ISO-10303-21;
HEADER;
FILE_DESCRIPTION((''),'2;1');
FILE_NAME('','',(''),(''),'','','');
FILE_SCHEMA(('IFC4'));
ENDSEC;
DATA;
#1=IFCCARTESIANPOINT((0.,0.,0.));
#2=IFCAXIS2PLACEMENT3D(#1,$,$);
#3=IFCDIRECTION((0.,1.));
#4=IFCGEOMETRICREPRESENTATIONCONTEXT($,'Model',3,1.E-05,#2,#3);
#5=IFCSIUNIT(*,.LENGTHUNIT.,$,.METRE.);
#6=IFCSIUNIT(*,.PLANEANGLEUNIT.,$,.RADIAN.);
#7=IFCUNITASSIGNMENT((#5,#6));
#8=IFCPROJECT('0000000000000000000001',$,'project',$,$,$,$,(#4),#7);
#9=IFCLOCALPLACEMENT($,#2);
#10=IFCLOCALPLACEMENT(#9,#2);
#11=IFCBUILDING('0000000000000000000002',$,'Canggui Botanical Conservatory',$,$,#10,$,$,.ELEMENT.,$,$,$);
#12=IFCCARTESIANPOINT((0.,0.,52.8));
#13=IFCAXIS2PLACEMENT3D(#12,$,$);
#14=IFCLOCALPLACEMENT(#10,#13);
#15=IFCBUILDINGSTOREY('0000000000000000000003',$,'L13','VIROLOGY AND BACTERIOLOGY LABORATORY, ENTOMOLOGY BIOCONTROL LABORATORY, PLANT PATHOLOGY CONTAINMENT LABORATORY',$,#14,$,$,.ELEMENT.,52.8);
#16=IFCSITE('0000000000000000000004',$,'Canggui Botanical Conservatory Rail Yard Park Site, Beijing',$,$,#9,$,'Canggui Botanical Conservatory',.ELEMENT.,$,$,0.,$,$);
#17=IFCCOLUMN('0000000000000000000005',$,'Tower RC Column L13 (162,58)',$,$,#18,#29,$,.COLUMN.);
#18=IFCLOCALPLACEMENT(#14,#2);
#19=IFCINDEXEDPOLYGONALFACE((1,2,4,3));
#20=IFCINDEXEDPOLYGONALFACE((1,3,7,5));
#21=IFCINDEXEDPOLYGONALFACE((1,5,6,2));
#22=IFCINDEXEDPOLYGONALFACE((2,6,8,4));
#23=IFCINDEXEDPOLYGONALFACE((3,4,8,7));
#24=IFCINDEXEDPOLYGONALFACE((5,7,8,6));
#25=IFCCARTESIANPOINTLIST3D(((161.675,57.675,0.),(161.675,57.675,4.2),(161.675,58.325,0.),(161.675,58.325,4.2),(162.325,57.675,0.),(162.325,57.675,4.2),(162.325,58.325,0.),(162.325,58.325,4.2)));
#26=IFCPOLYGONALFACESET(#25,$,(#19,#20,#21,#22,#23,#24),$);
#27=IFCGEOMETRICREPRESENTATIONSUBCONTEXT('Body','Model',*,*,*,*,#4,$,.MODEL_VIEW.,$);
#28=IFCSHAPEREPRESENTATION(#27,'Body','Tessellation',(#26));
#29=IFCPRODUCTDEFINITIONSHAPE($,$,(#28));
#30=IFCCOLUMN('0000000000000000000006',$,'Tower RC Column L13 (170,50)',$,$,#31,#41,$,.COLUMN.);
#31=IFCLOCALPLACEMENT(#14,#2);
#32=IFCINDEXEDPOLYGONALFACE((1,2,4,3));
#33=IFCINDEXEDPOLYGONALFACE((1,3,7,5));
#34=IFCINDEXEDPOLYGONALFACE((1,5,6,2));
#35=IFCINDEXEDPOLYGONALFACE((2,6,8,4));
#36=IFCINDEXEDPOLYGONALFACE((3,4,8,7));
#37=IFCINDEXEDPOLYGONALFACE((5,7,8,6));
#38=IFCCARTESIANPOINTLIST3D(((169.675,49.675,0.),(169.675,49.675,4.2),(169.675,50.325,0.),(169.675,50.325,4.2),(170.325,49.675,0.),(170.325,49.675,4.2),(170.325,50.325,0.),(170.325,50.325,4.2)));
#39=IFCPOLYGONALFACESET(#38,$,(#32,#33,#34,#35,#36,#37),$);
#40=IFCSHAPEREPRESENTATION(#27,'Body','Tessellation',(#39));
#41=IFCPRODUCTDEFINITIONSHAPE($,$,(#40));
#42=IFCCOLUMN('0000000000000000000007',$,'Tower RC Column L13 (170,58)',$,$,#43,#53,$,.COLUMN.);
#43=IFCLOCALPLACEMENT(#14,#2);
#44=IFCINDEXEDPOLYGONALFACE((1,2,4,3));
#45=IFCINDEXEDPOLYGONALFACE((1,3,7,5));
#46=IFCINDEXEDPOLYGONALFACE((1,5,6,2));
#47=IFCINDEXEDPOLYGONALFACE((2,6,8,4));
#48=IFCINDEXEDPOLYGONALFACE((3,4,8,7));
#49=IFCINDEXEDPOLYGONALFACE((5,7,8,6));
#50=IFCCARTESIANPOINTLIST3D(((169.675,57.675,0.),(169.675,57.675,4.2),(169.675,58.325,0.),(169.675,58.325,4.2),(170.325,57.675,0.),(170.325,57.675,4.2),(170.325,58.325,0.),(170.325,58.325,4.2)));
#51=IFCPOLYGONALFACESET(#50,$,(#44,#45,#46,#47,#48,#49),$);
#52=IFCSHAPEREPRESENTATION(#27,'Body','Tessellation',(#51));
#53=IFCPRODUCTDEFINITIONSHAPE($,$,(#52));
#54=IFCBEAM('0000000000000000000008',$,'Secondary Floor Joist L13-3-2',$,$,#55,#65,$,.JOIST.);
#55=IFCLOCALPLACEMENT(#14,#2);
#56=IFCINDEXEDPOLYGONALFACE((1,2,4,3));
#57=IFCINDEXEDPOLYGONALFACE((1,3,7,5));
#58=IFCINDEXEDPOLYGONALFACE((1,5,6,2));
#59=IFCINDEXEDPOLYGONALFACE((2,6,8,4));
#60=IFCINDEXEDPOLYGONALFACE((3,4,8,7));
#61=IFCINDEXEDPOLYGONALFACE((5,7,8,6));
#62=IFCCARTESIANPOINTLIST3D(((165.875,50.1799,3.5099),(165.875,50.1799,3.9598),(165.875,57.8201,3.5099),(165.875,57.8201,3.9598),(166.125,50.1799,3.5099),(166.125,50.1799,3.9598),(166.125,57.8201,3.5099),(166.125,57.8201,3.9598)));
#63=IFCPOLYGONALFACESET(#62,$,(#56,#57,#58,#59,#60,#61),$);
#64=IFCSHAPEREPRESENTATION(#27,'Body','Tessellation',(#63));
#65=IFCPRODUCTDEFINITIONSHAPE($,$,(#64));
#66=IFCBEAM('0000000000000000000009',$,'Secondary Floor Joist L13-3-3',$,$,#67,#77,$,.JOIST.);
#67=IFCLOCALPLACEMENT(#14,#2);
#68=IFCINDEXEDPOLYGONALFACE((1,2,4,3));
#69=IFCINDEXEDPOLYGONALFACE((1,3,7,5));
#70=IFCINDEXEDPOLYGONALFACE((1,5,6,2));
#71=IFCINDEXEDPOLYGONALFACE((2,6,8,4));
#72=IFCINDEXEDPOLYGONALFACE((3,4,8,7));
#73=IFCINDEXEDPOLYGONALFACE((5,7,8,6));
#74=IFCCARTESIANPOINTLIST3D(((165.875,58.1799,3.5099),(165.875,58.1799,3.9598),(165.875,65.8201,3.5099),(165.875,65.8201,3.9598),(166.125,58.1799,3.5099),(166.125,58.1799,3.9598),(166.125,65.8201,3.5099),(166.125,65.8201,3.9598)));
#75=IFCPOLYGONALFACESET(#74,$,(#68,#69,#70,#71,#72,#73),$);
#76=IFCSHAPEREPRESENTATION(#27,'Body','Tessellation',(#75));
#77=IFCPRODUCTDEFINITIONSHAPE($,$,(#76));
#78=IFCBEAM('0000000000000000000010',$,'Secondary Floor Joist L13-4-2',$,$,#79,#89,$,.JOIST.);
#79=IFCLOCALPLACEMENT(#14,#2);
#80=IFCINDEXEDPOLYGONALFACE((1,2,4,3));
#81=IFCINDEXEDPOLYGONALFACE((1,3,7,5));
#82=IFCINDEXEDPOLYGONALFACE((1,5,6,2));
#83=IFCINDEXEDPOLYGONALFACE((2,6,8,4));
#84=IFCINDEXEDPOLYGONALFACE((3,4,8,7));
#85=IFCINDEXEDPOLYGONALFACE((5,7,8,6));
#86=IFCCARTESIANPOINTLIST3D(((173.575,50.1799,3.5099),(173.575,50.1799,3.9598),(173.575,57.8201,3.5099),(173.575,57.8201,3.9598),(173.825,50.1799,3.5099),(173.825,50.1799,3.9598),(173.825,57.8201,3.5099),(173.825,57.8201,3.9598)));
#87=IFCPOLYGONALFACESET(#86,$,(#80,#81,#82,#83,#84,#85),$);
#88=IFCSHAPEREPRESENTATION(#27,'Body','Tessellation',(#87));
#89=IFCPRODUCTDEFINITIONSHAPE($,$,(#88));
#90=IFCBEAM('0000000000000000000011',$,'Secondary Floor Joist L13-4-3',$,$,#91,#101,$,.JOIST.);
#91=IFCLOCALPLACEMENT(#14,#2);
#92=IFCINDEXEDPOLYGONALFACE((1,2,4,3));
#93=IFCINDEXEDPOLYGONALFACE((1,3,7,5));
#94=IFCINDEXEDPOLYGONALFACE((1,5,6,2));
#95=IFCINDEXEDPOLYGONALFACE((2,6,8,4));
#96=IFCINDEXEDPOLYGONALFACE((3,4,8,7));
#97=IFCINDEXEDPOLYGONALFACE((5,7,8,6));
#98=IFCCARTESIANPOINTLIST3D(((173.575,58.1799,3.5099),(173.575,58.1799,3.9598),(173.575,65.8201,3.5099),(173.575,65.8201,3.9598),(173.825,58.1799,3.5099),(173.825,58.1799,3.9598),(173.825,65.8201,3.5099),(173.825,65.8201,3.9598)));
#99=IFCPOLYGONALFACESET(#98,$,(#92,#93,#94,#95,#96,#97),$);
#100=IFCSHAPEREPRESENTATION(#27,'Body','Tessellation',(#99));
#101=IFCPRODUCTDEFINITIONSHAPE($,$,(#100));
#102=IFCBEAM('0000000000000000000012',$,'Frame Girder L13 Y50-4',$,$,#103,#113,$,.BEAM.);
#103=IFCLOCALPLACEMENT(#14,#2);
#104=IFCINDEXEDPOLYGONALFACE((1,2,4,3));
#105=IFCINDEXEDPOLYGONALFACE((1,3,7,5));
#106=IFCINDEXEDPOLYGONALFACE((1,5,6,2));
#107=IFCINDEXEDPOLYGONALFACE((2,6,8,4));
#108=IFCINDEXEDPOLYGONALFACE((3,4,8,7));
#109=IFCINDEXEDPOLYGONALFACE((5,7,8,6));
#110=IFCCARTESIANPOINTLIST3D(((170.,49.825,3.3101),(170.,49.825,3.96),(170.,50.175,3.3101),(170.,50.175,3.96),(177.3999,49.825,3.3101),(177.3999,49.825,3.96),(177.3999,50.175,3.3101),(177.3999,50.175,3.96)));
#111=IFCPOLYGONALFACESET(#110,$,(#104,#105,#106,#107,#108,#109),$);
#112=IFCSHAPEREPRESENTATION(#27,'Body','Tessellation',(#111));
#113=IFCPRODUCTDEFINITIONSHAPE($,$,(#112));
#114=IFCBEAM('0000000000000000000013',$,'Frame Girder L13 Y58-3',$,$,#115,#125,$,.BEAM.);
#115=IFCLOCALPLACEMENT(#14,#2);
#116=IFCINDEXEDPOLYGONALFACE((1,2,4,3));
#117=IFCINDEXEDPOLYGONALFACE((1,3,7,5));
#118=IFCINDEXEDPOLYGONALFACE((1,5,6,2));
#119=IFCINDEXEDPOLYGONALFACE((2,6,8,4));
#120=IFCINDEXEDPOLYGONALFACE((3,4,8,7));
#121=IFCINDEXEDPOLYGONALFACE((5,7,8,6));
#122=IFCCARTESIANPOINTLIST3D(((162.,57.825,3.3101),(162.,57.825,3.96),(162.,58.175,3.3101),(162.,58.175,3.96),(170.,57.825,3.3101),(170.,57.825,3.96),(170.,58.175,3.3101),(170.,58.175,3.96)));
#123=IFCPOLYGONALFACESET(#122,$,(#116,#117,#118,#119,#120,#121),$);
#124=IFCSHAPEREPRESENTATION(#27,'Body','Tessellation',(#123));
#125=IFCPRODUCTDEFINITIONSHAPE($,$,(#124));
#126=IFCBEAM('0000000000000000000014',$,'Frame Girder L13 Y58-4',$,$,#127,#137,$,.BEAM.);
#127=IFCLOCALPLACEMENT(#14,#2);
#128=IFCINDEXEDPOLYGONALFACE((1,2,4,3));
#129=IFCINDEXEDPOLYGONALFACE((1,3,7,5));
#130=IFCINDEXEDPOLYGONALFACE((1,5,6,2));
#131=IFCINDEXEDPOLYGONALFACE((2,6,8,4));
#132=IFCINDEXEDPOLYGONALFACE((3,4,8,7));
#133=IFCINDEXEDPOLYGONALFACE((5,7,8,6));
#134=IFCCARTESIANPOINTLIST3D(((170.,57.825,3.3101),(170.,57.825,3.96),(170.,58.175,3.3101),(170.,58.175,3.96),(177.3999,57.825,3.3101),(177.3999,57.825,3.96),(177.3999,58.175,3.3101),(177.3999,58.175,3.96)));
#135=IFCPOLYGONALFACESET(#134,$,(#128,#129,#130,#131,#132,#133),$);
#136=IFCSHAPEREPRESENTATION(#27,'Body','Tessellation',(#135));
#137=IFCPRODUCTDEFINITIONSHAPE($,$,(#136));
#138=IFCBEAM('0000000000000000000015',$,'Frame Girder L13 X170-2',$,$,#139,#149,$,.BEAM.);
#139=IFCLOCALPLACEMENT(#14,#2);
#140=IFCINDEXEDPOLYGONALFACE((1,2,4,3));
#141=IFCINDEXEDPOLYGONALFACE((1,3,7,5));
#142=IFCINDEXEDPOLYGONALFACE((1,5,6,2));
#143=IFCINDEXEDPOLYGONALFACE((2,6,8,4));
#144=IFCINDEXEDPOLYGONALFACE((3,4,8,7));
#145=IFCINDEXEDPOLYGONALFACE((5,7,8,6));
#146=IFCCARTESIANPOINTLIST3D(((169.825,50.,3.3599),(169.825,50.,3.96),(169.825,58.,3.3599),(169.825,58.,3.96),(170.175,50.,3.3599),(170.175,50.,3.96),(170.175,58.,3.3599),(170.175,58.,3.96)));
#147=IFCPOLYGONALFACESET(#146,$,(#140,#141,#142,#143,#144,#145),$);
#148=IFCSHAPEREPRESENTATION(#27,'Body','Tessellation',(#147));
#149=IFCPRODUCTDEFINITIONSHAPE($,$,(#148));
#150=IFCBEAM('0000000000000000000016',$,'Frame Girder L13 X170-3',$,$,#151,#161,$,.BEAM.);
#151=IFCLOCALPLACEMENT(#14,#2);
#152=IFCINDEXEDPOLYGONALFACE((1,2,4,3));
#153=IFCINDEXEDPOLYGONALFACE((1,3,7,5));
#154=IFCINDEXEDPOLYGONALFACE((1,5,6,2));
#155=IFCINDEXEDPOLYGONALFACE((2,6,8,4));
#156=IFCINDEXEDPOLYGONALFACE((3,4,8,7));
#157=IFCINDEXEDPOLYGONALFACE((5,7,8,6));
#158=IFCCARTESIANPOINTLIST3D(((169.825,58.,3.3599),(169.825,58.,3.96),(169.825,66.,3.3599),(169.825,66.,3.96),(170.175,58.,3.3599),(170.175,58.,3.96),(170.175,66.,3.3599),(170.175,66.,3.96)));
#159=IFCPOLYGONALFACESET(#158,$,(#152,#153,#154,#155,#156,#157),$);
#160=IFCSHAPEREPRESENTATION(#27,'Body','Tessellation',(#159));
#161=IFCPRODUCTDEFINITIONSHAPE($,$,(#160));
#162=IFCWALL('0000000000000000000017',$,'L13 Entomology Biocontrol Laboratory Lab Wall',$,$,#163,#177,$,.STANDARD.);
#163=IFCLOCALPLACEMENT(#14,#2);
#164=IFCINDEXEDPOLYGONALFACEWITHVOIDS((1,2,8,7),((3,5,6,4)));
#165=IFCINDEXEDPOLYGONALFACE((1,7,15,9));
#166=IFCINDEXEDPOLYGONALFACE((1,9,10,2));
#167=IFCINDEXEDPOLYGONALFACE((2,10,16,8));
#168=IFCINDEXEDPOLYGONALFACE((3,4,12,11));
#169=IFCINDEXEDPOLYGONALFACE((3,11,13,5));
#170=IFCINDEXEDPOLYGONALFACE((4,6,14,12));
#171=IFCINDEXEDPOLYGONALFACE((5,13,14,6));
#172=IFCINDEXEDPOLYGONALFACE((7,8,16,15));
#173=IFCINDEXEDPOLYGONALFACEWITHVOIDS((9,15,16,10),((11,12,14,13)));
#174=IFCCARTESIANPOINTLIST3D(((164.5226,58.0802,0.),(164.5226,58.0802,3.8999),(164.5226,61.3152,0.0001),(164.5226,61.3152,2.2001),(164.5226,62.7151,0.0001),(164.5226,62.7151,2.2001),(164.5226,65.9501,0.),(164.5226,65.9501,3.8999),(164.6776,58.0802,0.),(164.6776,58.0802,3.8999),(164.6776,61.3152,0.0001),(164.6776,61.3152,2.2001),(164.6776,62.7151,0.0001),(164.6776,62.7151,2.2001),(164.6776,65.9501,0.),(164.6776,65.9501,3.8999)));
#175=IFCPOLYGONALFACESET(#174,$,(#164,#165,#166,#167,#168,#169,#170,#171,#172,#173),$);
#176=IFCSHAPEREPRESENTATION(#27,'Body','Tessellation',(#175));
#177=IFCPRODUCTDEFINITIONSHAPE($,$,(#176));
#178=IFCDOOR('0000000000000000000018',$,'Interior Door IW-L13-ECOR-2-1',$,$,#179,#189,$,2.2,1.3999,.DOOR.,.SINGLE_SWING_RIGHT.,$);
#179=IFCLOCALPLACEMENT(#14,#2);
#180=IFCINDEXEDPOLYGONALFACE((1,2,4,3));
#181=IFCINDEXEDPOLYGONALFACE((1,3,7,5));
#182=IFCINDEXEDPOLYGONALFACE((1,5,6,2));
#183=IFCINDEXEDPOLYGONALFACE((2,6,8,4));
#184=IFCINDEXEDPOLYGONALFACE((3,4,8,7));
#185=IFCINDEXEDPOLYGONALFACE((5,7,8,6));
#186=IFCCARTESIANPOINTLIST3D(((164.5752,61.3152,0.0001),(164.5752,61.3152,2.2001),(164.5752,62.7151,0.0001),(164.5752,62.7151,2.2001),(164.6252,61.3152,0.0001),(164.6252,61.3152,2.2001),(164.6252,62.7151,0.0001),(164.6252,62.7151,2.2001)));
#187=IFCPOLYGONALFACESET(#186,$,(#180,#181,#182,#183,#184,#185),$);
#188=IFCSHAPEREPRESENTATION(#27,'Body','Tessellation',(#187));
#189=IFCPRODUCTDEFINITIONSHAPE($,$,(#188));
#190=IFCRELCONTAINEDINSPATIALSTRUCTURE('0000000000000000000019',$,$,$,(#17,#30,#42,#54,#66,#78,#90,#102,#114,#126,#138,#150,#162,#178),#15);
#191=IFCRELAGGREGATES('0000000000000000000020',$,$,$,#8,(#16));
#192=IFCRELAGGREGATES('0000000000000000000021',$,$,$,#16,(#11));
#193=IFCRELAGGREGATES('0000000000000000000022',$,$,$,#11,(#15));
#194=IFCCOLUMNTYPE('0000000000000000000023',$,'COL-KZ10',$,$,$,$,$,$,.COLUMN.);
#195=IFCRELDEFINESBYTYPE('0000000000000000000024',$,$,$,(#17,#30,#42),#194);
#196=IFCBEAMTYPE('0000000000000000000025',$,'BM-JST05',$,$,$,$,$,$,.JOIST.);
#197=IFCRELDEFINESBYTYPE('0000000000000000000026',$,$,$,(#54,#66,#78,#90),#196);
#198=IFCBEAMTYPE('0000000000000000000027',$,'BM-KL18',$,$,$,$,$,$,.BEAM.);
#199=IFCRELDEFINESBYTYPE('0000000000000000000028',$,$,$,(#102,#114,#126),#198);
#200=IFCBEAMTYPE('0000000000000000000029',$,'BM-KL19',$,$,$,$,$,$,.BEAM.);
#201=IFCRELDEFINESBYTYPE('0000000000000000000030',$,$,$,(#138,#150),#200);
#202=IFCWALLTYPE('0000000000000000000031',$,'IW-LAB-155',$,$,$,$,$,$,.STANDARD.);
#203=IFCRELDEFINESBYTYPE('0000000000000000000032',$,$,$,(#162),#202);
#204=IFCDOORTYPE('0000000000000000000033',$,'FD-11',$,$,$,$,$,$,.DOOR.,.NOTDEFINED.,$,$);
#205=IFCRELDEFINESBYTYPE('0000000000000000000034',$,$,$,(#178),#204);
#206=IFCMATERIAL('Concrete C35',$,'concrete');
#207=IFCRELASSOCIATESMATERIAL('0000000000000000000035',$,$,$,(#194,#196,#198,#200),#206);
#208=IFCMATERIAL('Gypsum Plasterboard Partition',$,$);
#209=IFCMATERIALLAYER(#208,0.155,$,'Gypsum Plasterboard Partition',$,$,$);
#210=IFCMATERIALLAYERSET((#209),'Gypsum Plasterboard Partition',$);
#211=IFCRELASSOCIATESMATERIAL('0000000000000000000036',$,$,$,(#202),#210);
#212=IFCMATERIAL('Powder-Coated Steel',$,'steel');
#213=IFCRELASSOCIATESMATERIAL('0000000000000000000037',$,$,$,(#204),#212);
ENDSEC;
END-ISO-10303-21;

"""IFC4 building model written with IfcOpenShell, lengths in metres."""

from ifc_helpers import new_model, si_unit, direction, frame, frame_2d, origin, origin_2d, place, context, subcontext, project, spatial, rectangle, extrude, material, layer, layer_set, material_profile, profile_set, type_object, element, fill, save


model = new_model("IFC4")

# Units and contexts
model_context = context("Model", 3, precision=1e-05, world=origin(), true_north=direction((0.0, 1.0)))
body_context = subcontext(model_context, "Body", "Model", "MODEL_VIEW")
ifc_project = project(units=[si_unit("LENGTHUNIT", "METRE"), si_unit("PLANEANGLEUNIT", "RADIAN")], contexts=[model_context])

# Site, building, storey
site_placement = place(None, origin())
site = spatial("IfcSite", under=ifc_project, at=site_placement, Name="Canggui Botanical Conservatory Rail Yard Park Site, Beijing", LongName="Canggui Botanical Conservatory", CompositionType="ELEMENT", RefElevation=0.0)
building_placement = place(site_placement, origin())
building = spatial("IfcBuilding", under=site, at=building_placement, Name="Canggui Botanical Conservatory", CompositionType="ELEMENT")
storey_placement = place(building_placement, frame((0.0, 0.0, 52.8)))
storey = spatial("IfcBuildingStorey", under=building, at=storey_placement, Name="L13", Description="VIROLOGY AND BACTERIOLOGY LABORATORY, ENTOMOLOGY BIOCONTROL LABORATORY, PLANT PATHOLOGY CONTAINMENT LABORATORY", CompositionType="ELEMENT", Elevation=52.8)

# Columns
ifc_material_1 = material(Name="Concrete C35", Category="concrete")
ifc_material_profile_1 = material_profile(ifc_material_1, rectangle(XDim=0.6499, YDim=0.6499, at=origin_2d()), Name="RC 650x650")
ifc_profile_set_1 = profile_set([ifc_material_profile_1], Name="Concrete C35")
column_type = type_object("IfcColumnType", Name="COL-KZ10", PredefinedType="COLUMN", material=ifc_profile_set_1)
for number, where, z_axis, x_axis, name in (
    (1, (162.0, 58.0, 0.0), (0.0, 0.0, 1.0), (1.0, 0.0, 0.0), "Tower RC Column L13 (162,58)"),
    (2, (170.0, 50.0, 0.0), (0.0, 0.0, 1.0), (1.0, 0.0, 0.0), "Tower RC Column L13 (170,50)"),
    (3, (170.0, 58.0, 0.0), (0.0, 0.0, 1.0), (1.0, 0.0, 0.0), "Tower RC Column L13 (170,58)"),
):
    element("IfcColumn", number, at=place(storey_placement, frame(where, z_axis=z_axis, x_axis=x_axis)), inside=storey, type_object=column_type, Name=name, PredefinedType="COLUMN", context=body_context, shape_type="SweptSolid", body=[
        extrude(rectangle(XDim=0.6499, YDim=0.6499, at=origin_2d()), origin(), (0.0, 0.0, 1.0), 4.2),
    ])

# Beams
ifc_material_profile_2 = material_profile(ifc_material_1, rectangle(XDim=0.25, YDim=0.45, at=origin_2d()), Name="RB 250x450")
ifc_profile_set_2 = profile_set([ifc_material_profile_2], Name="Concrete C35")
beam_type_1 = type_object("IfcBeamType", Name="BM-JST05", PredefinedType="JOIST", material=ifc_profile_set_2)
for number, where, z_axis, x_axis, name in (
    (4, (166.0, 50.1799, 3.7349), (0.0, 1.0, 0.0), (-1.0, 0.0, 0.0), "Secondary Floor Joist L13-3-2"),
    (5, (166.0, 58.1799, 3.7349), (0.0, 1.0, 0.0), (-1.0, 0.0, 0.0), "Secondary Floor Joist L13-3-3"),
    (6, (173.7, 50.1799, 3.7349), (0.0, 1.0, 0.0), (-1.0, 0.0, 0.0), "Secondary Floor Joist L13-4-2"),
    (7, (173.7, 58.1799, 3.7349), (0.0, 1.0, 0.0), (-1.0, 0.0, 0.0), "Secondary Floor Joist L13-4-3"),
):
    element("IfcBeam", number, at=place(storey_placement, frame(where, z_axis=z_axis, x_axis=x_axis)), inside=storey, type_object=beam_type_1, Name=name, PredefinedType="JOIST", context=body_context, shape_type="SweptSolid", body=[
        extrude(rectangle(XDim=0.25, YDim=0.45, at=origin_2d()), origin(), (0.0, 0.0, 1.0), 7.6401),
    ])
ifc_material_profile_3 = material_profile(ifc_material_1, rectangle(XDim=0.3501, YDim=0.6499, at=origin_2d()), Name="RB 350x650")
ifc_profile_set_3 = profile_set([ifc_material_profile_3], Name="Concrete C35")
beam_type_2 = type_object("IfcBeamType", Name="BM-KL18", PredefinedType="BEAM", material=ifc_profile_set_3)
beam_1_placement = place(storey_placement, frame((170.0, 50.0, 3.635), z_axis=(1.0, 0.0, 0.0), x_axis=(0.0, 1.0, 0.0)))
element("IfcBeam", 8, at=beam_1_placement, inside=storey, type_object=beam_type_2, Name="Frame Girder L13 Y50-4", PredefinedType="BEAM", context=body_context, shape_type="SweptSolid", body=[
    extrude(rectangle(XDim=0.3501, YDim=0.6499, at=origin_2d()), origin(), (0.0, 0.0, 1.0), 7.3999),
])
beam_2_placement = place(storey_placement, frame((162.0, 58.0, 3.635), z_axis=(1.0, 0.0, 0.0), x_axis=(0.0, 1.0, 0.0)))
element("IfcBeam", 9, at=beam_2_placement, inside=storey, type_object=beam_type_2, Name="Frame Girder L13 Y58-3", PredefinedType="BEAM", context=body_context, shape_type="SweptSolid", body=[
    extrude(rectangle(XDim=0.3501, YDim=0.6499, at=origin_2d()), origin(), (0.0, 0.0, 1.0), 8.0),
])
beam_3_placement = place(storey_placement, frame((170.0, 58.0, 3.635), z_axis=(1.0, 0.0, 0.0), x_axis=(0.0, 1.0, 0.0)))
element("IfcBeam", 10, at=beam_3_placement, inside=storey, type_object=beam_type_2, Name="Frame Girder L13 Y58-4", PredefinedType="BEAM", context=body_context, shape_type="SweptSolid", body=[
    extrude(rectangle(XDim=0.3501, YDim=0.6499, at=origin_2d()), origin(), (0.0, 0.0, 1.0), 7.3999),
])
ifc_material_profile_4 = material_profile(ifc_material_1, rectangle(XDim=0.3501, YDim=0.6001, at=origin_2d()), Name="RB 350x600")
ifc_profile_set_4 = profile_set([ifc_material_profile_4], Name="Concrete C35")
beam_type_3 = type_object("IfcBeamType", Name="BM-KL19", PredefinedType="BEAM", material=ifc_profile_set_4)
for number, where, z_axis, x_axis, name in (
    (11, (170.0, 50.0, 3.6599), (0.0, 1.0, 0.0), (-1.0, 0.0, 0.0), "Frame Girder L13 X170-2"),
    (12, (170.0, 58.0, 3.6599), (0.0, 1.0, 0.0), (-1.0, 0.0, 0.0), "Frame Girder L13 X170-3"),
):
    element("IfcBeam", number, at=place(storey_placement, frame(where, z_axis=z_axis, x_axis=x_axis)), inside=storey, type_object=beam_type_3, Name=name, PredefinedType="BEAM", context=body_context, shape_type="SweptSolid", body=[
        extrude(rectangle(XDim=0.3501, YDim=0.6001, at=origin_2d()), origin(), (0.0, 0.0, 1.0), 8.0),
    ])

# Wall, opening, door
ifc_material_2 = material(Name="Gypsum Plasterboard Partition")
ifc_layer_1 = layer(ifc_material_2, 0.155, Name="Gypsum Plasterboard Partition")
ifc_layer_set_1 = layer_set([ifc_layer_1], Name="Gypsum Plasterboard Partition")
wall_type_1 = type_object("IfcWallType", Name="IW-LAB-155", PredefinedType="STANDARD", material=ifc_layer_set_1)
wall_1_placement = place(storey_placement, frame((164.6001, 58.0801, 0.0), z_axis=(0.0, 0.0, 1.0), x_axis=(0.0, 1.0, 0.0)))
wall_1 = element("IfcWall", 13, at=wall_1_placement, inside=storey, type_object=wall_type_1, Name="L13 Entomology Biocontrol Laboratory Lab Wall", PredefinedType="STANDARD", context=body_context, shape_type="SweptSolid", body=[
    extrude(rectangle(XDim=7.8699, YDim=0.155, at=frame_2d((3.9351, 0.0))), origin(), (0.0, 0.0, 1.0), 3.8999),
])
opening_1_placement = place(wall_1_placement, frame((3.2351, 0.0, 0.0)))
opening_1 = element("IfcOpeningElement", 14, at=opening_1_placement, cuts=wall_1, PredefinedType="OPENING", context=body_context, shape_type="SweptSolid", body=[
    extrude(rectangle(XDim=1.3999, YDim=2.2, at=frame_2d((0.7, 1.1001))), frame((0.0, 0.0874, 0.0), z_axis=(0.0, -1.0, 0.0), x_axis=(1.0, 0.0, 0.0)), (0.0, 0.0, 1.0), 0.175),
])
ifc_material_3 = material(Name="Powder-Coated Steel", Category="steel")
door_type_1 = type_object("IfcDoorType", Name="FD-11", OperationType="NOTDEFINED", PredefinedType="DOOR", material=ifc_material_3)
door_1_placement = place(opening_1_placement, origin())
door_1 = element("IfcDoor", 15, at=door_1_placement, inside=storey, type_object=door_type_1, Name="Interior Door IW-L13-ECOR-2-1", OperationType="SINGLE_SWING_RIGHT", OverallHeight=2.2, OverallWidth=1.3999, PredefinedType="DOOR", context=body_context, shape_type="SweptSolid", body=[
    extrude(rectangle(XDim=1.3999, YDim=2.2, at=frame_2d((0.7, 1.1001))), frame((0.0, 0.0249, 0.0), z_axis=(0.0, -1.0, 0.0), x_axis=(1.0, 0.0, 0.0)), (0.0, 0.0, 1.0), 0.05),
])
fill(opening_1, door_1)

save(model, "model.ifc")
